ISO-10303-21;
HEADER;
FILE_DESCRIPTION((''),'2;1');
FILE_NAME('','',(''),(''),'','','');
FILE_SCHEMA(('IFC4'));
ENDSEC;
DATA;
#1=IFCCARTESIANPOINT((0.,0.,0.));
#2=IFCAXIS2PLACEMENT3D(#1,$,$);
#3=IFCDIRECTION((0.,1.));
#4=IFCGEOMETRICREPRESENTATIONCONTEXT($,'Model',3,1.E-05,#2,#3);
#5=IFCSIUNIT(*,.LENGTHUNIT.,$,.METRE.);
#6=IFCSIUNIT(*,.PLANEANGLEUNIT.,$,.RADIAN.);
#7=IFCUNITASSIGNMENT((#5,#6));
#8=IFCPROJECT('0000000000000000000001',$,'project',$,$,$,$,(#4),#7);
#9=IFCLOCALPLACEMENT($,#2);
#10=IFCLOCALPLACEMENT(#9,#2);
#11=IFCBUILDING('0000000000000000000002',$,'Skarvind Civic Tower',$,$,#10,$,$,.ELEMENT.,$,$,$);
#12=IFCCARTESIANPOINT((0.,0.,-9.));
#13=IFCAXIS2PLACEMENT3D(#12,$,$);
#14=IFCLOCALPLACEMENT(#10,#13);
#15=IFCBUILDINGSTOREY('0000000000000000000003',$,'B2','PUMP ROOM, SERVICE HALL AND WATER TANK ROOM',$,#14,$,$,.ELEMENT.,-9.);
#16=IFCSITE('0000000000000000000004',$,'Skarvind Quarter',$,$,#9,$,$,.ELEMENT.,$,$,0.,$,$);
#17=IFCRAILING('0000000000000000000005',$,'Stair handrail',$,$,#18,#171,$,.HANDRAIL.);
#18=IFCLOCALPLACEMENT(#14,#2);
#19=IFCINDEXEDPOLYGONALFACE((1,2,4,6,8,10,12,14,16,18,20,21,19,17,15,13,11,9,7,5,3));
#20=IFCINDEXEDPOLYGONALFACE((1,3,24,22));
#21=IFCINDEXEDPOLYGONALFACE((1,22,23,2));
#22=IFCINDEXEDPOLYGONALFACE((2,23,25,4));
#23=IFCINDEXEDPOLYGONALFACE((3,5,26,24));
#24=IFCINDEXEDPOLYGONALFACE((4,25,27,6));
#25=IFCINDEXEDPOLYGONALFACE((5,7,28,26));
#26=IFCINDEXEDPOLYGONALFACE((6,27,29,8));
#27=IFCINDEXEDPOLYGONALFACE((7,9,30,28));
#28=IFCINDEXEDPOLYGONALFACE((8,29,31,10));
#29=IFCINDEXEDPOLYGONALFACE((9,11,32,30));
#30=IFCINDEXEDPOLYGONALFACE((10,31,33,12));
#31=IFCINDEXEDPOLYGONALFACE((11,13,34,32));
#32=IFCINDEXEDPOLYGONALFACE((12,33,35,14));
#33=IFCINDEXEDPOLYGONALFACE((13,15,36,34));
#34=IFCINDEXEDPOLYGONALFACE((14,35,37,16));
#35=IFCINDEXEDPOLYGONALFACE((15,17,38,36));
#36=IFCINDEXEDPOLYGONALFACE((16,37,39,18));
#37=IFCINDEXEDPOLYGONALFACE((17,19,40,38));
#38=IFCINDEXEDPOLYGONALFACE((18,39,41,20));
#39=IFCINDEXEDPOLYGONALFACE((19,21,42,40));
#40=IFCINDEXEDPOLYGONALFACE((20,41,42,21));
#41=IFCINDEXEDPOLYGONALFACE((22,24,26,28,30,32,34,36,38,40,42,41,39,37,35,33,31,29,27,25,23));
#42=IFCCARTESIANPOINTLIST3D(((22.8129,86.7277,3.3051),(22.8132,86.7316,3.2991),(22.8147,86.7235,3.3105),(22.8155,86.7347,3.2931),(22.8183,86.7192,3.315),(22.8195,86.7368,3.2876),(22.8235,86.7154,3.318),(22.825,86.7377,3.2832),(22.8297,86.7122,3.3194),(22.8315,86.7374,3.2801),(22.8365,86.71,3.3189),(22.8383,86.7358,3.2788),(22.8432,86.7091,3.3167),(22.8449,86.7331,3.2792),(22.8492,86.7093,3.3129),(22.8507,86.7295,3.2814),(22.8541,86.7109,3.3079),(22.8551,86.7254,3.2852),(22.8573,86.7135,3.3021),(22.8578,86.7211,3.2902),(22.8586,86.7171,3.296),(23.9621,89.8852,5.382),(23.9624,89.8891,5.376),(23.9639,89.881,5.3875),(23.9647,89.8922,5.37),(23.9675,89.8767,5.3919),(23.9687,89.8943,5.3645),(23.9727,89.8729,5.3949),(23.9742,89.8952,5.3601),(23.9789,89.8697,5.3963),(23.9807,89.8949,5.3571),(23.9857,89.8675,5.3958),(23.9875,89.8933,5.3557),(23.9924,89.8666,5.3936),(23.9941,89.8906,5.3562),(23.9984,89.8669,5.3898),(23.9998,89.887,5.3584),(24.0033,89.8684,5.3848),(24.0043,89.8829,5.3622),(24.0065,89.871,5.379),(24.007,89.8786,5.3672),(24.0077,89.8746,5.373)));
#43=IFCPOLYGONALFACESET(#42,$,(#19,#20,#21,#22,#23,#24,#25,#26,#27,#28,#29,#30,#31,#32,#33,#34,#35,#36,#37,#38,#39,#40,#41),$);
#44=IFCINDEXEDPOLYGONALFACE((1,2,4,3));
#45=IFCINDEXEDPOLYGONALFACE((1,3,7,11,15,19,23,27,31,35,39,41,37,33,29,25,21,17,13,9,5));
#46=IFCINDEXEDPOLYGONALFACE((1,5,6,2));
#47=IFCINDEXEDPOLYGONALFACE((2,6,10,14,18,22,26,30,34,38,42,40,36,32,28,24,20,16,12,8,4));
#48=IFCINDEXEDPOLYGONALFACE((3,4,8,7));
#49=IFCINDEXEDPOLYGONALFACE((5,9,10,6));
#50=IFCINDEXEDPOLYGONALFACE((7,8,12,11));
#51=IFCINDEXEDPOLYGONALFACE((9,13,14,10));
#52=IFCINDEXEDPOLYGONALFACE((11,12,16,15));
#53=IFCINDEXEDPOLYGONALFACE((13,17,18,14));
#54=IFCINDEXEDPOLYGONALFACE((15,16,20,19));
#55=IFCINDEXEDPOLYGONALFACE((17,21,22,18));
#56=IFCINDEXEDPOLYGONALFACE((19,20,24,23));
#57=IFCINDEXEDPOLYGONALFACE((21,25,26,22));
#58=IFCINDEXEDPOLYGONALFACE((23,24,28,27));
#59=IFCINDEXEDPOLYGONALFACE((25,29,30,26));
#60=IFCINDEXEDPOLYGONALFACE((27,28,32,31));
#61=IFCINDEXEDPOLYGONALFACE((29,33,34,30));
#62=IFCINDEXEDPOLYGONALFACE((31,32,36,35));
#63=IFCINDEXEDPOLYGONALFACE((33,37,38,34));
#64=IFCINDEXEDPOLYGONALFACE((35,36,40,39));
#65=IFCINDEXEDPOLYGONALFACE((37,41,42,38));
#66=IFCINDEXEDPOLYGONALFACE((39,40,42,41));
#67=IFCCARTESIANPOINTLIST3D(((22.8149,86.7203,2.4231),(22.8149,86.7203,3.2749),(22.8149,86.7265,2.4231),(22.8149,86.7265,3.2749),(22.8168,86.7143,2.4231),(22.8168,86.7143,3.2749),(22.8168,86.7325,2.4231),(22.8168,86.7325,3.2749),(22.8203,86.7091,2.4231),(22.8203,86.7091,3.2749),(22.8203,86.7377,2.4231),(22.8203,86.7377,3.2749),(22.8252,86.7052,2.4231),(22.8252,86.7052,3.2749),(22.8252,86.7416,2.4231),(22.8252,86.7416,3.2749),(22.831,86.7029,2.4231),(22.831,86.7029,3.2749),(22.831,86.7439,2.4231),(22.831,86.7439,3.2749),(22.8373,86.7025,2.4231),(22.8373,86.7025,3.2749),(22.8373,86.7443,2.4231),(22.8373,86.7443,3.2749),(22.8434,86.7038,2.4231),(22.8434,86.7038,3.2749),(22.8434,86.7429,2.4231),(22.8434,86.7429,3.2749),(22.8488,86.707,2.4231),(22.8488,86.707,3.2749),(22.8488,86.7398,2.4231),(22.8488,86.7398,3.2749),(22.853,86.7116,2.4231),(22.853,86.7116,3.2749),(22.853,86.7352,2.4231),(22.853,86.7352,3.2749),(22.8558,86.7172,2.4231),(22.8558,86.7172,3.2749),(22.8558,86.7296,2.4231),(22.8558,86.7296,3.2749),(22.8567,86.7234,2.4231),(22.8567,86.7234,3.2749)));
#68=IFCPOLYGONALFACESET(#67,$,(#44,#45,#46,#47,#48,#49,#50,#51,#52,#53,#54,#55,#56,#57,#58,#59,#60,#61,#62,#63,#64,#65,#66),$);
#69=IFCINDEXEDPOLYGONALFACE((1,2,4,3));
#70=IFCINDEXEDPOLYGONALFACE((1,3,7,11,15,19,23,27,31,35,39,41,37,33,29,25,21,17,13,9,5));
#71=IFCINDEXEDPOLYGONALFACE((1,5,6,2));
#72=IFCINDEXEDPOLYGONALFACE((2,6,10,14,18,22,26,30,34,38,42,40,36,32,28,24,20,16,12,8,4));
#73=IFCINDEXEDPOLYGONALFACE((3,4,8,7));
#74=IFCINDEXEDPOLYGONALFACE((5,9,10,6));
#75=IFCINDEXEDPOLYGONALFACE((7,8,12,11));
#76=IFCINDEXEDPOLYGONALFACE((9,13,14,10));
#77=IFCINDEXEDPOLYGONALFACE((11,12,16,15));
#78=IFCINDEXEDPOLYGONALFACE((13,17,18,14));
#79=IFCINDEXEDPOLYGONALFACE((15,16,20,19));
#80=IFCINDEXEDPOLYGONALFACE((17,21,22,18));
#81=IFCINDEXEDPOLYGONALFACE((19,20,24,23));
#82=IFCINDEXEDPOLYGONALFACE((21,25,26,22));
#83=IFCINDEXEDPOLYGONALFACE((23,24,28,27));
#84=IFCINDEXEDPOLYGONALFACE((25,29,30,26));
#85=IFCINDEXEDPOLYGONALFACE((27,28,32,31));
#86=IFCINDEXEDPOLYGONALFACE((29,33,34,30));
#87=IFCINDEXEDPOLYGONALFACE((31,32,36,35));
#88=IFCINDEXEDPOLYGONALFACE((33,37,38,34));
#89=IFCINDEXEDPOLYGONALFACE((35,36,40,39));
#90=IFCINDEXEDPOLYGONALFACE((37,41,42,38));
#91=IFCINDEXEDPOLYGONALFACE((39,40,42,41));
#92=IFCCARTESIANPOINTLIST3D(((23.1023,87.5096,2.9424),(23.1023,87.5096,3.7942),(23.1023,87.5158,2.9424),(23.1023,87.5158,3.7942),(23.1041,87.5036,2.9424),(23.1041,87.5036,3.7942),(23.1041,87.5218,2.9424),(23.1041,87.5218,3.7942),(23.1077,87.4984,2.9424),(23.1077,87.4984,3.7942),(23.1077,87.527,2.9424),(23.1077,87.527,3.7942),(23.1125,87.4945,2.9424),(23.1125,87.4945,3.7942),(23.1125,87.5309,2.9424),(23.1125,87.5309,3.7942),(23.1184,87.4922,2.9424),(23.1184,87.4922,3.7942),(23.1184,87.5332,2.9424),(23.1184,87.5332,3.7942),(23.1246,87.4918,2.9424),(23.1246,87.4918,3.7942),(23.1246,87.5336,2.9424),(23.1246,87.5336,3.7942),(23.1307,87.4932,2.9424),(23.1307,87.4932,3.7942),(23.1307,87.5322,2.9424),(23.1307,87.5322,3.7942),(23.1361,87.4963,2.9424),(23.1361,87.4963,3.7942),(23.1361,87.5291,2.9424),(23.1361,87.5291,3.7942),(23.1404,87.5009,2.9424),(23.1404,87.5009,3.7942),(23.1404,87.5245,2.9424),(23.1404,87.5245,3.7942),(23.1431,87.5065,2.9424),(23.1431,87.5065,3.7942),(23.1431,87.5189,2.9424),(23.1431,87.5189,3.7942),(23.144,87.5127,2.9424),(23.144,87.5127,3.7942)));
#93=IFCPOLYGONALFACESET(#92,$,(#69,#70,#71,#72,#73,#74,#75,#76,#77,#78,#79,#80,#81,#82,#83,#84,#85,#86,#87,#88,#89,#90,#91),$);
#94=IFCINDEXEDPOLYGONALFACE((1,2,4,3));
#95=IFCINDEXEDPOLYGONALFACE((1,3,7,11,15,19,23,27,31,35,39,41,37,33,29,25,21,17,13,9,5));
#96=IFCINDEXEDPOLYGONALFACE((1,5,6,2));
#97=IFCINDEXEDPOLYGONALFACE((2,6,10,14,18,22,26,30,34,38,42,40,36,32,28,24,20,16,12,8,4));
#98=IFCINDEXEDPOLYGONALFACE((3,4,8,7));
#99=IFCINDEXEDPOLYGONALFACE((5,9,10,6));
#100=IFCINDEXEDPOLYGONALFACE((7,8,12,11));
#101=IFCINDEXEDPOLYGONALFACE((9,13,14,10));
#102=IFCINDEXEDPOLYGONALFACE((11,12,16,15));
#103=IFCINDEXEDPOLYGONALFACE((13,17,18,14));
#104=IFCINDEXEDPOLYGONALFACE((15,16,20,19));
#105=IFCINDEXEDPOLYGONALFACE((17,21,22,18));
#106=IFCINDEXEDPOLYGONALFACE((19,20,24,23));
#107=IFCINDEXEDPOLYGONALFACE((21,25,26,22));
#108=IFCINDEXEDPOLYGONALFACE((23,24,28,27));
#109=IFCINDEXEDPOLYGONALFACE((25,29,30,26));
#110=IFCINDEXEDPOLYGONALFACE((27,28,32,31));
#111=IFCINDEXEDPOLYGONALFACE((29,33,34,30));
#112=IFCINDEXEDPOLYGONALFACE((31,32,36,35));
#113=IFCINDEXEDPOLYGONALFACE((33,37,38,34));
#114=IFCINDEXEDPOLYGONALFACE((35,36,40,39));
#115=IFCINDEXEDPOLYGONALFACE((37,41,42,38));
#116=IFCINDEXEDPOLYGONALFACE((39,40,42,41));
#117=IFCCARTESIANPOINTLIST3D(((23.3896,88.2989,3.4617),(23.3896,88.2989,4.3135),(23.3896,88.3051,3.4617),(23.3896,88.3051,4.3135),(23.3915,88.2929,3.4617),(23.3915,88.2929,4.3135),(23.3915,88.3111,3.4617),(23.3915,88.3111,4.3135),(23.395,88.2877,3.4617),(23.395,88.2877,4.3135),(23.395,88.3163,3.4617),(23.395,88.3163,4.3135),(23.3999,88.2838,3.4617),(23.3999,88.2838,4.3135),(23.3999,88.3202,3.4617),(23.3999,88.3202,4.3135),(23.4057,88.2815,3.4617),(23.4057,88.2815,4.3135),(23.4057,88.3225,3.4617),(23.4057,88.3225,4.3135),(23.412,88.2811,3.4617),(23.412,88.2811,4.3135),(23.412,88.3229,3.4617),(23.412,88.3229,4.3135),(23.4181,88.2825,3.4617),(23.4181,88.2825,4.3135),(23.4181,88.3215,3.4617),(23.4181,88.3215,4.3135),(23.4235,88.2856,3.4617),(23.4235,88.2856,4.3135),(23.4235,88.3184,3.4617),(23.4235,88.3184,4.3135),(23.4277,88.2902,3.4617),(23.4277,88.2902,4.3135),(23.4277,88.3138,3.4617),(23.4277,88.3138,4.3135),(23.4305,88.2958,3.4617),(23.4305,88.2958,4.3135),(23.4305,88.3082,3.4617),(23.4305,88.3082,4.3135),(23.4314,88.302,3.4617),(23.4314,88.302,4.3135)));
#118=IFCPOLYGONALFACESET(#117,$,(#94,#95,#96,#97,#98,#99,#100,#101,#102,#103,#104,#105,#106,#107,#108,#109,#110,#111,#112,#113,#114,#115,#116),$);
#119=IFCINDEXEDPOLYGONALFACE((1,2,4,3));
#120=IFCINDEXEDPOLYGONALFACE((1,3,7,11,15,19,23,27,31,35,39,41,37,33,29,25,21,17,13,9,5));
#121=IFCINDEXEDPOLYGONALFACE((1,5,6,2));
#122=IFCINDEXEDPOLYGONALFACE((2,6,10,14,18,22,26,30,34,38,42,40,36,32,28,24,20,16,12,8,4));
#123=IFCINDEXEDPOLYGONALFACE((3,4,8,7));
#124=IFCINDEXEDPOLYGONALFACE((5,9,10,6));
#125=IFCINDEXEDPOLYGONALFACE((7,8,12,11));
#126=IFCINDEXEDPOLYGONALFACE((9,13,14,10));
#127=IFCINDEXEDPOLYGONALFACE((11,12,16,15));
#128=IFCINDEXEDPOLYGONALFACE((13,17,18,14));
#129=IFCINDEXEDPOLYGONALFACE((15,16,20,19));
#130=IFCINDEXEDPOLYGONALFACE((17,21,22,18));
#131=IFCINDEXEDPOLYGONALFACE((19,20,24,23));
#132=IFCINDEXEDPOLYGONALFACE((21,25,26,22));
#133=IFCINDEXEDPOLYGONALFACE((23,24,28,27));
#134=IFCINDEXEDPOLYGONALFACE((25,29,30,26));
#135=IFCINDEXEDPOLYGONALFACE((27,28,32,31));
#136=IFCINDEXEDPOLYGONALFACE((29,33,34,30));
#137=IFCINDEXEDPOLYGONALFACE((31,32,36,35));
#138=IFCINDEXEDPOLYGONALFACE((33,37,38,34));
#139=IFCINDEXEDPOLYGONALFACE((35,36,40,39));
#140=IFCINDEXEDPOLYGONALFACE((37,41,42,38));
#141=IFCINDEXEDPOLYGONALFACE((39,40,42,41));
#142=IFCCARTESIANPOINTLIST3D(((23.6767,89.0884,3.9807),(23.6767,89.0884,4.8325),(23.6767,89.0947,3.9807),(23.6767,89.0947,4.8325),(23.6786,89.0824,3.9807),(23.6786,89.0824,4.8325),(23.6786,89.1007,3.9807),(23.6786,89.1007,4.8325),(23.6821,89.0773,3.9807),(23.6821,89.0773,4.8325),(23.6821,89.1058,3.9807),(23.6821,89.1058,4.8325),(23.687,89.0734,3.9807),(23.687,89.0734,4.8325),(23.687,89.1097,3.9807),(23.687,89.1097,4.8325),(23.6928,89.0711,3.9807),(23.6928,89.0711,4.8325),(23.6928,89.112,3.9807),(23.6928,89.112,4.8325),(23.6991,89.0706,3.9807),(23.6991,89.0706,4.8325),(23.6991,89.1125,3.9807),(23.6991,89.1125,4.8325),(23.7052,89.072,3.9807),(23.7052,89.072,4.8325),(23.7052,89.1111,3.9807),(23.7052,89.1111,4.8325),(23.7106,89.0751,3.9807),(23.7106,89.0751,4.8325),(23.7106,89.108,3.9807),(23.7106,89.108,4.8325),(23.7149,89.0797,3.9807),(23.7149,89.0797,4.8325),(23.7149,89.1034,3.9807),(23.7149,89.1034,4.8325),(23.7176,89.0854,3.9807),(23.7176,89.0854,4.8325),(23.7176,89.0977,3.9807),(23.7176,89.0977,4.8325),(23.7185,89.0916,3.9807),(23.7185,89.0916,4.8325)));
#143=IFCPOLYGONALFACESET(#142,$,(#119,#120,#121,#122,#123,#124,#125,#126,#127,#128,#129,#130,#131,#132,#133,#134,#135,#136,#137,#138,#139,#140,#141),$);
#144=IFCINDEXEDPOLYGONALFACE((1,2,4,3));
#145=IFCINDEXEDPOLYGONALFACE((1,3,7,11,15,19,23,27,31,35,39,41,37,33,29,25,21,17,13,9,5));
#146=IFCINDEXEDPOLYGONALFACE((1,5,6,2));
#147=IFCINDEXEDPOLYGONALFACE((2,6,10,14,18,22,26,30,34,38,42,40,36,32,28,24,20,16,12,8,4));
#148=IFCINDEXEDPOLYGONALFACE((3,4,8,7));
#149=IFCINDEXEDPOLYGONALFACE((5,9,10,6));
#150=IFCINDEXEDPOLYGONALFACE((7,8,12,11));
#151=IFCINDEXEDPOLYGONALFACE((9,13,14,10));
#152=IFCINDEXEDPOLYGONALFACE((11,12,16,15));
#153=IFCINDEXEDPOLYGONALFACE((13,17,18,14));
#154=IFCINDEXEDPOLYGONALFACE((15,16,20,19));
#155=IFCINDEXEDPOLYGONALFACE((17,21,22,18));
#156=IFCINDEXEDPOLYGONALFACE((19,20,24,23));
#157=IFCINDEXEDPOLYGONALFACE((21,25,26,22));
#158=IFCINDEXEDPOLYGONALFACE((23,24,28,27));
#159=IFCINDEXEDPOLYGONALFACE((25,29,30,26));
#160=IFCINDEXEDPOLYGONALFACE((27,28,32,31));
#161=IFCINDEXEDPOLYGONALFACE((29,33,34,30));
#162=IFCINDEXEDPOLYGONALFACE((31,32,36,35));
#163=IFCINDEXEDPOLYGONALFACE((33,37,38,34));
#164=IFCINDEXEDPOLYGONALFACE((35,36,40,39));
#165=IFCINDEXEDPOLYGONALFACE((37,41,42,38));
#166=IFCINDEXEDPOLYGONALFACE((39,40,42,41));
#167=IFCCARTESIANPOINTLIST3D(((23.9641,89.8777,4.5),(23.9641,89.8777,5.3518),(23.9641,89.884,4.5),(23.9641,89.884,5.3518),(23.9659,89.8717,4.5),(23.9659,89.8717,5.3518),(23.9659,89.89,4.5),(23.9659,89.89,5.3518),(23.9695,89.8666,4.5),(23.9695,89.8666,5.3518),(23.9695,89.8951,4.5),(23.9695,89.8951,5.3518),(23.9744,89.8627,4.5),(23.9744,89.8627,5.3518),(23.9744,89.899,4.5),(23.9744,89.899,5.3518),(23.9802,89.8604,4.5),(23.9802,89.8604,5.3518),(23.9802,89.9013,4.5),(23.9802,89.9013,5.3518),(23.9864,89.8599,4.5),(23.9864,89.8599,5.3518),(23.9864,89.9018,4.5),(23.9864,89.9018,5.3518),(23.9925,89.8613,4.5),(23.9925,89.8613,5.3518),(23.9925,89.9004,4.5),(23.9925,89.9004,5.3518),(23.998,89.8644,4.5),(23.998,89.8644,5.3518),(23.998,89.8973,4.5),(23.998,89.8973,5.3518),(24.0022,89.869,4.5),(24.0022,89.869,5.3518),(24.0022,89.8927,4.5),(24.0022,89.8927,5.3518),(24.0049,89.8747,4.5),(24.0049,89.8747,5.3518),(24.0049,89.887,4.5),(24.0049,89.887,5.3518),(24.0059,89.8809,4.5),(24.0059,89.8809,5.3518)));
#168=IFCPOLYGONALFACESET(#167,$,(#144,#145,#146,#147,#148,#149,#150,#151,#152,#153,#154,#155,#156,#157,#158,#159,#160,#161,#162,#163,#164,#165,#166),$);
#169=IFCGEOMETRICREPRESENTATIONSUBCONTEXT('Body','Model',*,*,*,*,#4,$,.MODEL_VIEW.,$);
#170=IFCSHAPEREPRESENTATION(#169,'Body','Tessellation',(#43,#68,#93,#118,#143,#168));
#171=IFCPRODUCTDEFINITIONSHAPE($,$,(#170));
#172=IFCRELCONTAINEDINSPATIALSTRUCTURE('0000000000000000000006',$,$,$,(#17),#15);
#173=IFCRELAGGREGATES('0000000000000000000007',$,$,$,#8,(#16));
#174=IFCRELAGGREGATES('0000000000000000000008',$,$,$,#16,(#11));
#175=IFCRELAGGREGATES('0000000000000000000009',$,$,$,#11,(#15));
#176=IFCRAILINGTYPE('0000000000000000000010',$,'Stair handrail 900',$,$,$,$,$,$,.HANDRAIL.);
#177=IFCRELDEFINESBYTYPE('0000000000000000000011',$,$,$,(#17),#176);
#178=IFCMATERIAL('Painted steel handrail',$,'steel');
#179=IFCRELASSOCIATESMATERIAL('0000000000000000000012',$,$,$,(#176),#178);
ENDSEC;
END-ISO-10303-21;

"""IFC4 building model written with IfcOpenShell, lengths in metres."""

from ifc_helpers import new_model, si_unit, direction, frame, origin, origin_2d, place, context, subcontext, project, spatial, circle, extrude, material, type_object, element, save


model = new_model("IFC4")

# Units and contexts
model_context = context("Model", 3, precision=1e-05, world=origin(), true_north=direction((0.0, 1.0)))
body_context = subcontext(model_context, "Body", "Model", "MODEL_VIEW")
ifc_project = project(units=[si_unit("LENGTHUNIT", "METRE"), si_unit("PLANEANGLEUNIT", "RADIAN")], contexts=[model_context])

# Site, building, storey
site_placement = place(None, origin())
site = spatial("IfcSite", under=ifc_project, at=site_placement, Name="Skarvind Quarter", CompositionType="ELEMENT", RefElevation=0.0)
building_placement = place(site_placement, origin())
building = spatial("IfcBuilding", under=site, at=building_placement, Name="Skarvind Civic Tower", CompositionType="ELEMENT")
storey_placement = place(building_placement, frame((0.0, 0.0, -9.0)))
storey = spatial("IfcBuildingStorey", under=building, at=storey_placement, Name="B2", Description="PUMP ROOM, SERVICE HALL AND WATER TANK ROOM", CompositionType="ELEMENT", Elevation=-9.0)

# Railing
ifc_material_1 = material(Name="Painted steel handrail", Category="steel")
railing_type = type_object("IfcRailingType", Name="Stair handrail 900", PredefinedType="HANDRAIL", material=ifc_material_1)
railing_1_placement = place(storey_placement, frame((22.8357, 86.7234, 2.4231)))
element("IfcRailing", 1, at=railing_1_placement, inside=storey, type_object=railing_type, Name="Stair handrail", PredefinedType="HANDRAIL", context=body_context, shape_type="SweptSolid", body=[
    extrude(circle(Radius=0.0239, at=origin_2d()), frame((0.0, 0.0, 0.876), z_axis=(0.290917, 0.799328, 0.525778), x_axis=(-0.939698, 0.342006, 0.0)), (0.0, 0.0, 1.0), 3.9502),
    extrude(circle(Radius=0.021, at=origin_2d()), origin(), (0.0, 0.0, 1.0), 0.8518),
    extrude(circle(Radius=0.021, at=origin_2d()), frame((0.2874, 0.7893, 0.5193)), (0.0, 0.0, 1.0), 0.8518),
    extrude(circle(Radius=0.021, at=origin_2d()), frame((0.5747, 1.5786, 1.0386)), (0.0, 0.0, 1.0), 0.8518),
    extrude(circle(Radius=0.021, at=origin_2d()), frame((0.8618, 2.3682, 1.5576)), (0.0, 0.0, 1.0), 0.8518),
    extrude(circle(Radius=0.021, at=origin_2d()), frame((1.1492, 3.1575, 2.0769)), (0.0, 0.0, 1.0), 0.8518),
])

save(model, "model.ifc")
